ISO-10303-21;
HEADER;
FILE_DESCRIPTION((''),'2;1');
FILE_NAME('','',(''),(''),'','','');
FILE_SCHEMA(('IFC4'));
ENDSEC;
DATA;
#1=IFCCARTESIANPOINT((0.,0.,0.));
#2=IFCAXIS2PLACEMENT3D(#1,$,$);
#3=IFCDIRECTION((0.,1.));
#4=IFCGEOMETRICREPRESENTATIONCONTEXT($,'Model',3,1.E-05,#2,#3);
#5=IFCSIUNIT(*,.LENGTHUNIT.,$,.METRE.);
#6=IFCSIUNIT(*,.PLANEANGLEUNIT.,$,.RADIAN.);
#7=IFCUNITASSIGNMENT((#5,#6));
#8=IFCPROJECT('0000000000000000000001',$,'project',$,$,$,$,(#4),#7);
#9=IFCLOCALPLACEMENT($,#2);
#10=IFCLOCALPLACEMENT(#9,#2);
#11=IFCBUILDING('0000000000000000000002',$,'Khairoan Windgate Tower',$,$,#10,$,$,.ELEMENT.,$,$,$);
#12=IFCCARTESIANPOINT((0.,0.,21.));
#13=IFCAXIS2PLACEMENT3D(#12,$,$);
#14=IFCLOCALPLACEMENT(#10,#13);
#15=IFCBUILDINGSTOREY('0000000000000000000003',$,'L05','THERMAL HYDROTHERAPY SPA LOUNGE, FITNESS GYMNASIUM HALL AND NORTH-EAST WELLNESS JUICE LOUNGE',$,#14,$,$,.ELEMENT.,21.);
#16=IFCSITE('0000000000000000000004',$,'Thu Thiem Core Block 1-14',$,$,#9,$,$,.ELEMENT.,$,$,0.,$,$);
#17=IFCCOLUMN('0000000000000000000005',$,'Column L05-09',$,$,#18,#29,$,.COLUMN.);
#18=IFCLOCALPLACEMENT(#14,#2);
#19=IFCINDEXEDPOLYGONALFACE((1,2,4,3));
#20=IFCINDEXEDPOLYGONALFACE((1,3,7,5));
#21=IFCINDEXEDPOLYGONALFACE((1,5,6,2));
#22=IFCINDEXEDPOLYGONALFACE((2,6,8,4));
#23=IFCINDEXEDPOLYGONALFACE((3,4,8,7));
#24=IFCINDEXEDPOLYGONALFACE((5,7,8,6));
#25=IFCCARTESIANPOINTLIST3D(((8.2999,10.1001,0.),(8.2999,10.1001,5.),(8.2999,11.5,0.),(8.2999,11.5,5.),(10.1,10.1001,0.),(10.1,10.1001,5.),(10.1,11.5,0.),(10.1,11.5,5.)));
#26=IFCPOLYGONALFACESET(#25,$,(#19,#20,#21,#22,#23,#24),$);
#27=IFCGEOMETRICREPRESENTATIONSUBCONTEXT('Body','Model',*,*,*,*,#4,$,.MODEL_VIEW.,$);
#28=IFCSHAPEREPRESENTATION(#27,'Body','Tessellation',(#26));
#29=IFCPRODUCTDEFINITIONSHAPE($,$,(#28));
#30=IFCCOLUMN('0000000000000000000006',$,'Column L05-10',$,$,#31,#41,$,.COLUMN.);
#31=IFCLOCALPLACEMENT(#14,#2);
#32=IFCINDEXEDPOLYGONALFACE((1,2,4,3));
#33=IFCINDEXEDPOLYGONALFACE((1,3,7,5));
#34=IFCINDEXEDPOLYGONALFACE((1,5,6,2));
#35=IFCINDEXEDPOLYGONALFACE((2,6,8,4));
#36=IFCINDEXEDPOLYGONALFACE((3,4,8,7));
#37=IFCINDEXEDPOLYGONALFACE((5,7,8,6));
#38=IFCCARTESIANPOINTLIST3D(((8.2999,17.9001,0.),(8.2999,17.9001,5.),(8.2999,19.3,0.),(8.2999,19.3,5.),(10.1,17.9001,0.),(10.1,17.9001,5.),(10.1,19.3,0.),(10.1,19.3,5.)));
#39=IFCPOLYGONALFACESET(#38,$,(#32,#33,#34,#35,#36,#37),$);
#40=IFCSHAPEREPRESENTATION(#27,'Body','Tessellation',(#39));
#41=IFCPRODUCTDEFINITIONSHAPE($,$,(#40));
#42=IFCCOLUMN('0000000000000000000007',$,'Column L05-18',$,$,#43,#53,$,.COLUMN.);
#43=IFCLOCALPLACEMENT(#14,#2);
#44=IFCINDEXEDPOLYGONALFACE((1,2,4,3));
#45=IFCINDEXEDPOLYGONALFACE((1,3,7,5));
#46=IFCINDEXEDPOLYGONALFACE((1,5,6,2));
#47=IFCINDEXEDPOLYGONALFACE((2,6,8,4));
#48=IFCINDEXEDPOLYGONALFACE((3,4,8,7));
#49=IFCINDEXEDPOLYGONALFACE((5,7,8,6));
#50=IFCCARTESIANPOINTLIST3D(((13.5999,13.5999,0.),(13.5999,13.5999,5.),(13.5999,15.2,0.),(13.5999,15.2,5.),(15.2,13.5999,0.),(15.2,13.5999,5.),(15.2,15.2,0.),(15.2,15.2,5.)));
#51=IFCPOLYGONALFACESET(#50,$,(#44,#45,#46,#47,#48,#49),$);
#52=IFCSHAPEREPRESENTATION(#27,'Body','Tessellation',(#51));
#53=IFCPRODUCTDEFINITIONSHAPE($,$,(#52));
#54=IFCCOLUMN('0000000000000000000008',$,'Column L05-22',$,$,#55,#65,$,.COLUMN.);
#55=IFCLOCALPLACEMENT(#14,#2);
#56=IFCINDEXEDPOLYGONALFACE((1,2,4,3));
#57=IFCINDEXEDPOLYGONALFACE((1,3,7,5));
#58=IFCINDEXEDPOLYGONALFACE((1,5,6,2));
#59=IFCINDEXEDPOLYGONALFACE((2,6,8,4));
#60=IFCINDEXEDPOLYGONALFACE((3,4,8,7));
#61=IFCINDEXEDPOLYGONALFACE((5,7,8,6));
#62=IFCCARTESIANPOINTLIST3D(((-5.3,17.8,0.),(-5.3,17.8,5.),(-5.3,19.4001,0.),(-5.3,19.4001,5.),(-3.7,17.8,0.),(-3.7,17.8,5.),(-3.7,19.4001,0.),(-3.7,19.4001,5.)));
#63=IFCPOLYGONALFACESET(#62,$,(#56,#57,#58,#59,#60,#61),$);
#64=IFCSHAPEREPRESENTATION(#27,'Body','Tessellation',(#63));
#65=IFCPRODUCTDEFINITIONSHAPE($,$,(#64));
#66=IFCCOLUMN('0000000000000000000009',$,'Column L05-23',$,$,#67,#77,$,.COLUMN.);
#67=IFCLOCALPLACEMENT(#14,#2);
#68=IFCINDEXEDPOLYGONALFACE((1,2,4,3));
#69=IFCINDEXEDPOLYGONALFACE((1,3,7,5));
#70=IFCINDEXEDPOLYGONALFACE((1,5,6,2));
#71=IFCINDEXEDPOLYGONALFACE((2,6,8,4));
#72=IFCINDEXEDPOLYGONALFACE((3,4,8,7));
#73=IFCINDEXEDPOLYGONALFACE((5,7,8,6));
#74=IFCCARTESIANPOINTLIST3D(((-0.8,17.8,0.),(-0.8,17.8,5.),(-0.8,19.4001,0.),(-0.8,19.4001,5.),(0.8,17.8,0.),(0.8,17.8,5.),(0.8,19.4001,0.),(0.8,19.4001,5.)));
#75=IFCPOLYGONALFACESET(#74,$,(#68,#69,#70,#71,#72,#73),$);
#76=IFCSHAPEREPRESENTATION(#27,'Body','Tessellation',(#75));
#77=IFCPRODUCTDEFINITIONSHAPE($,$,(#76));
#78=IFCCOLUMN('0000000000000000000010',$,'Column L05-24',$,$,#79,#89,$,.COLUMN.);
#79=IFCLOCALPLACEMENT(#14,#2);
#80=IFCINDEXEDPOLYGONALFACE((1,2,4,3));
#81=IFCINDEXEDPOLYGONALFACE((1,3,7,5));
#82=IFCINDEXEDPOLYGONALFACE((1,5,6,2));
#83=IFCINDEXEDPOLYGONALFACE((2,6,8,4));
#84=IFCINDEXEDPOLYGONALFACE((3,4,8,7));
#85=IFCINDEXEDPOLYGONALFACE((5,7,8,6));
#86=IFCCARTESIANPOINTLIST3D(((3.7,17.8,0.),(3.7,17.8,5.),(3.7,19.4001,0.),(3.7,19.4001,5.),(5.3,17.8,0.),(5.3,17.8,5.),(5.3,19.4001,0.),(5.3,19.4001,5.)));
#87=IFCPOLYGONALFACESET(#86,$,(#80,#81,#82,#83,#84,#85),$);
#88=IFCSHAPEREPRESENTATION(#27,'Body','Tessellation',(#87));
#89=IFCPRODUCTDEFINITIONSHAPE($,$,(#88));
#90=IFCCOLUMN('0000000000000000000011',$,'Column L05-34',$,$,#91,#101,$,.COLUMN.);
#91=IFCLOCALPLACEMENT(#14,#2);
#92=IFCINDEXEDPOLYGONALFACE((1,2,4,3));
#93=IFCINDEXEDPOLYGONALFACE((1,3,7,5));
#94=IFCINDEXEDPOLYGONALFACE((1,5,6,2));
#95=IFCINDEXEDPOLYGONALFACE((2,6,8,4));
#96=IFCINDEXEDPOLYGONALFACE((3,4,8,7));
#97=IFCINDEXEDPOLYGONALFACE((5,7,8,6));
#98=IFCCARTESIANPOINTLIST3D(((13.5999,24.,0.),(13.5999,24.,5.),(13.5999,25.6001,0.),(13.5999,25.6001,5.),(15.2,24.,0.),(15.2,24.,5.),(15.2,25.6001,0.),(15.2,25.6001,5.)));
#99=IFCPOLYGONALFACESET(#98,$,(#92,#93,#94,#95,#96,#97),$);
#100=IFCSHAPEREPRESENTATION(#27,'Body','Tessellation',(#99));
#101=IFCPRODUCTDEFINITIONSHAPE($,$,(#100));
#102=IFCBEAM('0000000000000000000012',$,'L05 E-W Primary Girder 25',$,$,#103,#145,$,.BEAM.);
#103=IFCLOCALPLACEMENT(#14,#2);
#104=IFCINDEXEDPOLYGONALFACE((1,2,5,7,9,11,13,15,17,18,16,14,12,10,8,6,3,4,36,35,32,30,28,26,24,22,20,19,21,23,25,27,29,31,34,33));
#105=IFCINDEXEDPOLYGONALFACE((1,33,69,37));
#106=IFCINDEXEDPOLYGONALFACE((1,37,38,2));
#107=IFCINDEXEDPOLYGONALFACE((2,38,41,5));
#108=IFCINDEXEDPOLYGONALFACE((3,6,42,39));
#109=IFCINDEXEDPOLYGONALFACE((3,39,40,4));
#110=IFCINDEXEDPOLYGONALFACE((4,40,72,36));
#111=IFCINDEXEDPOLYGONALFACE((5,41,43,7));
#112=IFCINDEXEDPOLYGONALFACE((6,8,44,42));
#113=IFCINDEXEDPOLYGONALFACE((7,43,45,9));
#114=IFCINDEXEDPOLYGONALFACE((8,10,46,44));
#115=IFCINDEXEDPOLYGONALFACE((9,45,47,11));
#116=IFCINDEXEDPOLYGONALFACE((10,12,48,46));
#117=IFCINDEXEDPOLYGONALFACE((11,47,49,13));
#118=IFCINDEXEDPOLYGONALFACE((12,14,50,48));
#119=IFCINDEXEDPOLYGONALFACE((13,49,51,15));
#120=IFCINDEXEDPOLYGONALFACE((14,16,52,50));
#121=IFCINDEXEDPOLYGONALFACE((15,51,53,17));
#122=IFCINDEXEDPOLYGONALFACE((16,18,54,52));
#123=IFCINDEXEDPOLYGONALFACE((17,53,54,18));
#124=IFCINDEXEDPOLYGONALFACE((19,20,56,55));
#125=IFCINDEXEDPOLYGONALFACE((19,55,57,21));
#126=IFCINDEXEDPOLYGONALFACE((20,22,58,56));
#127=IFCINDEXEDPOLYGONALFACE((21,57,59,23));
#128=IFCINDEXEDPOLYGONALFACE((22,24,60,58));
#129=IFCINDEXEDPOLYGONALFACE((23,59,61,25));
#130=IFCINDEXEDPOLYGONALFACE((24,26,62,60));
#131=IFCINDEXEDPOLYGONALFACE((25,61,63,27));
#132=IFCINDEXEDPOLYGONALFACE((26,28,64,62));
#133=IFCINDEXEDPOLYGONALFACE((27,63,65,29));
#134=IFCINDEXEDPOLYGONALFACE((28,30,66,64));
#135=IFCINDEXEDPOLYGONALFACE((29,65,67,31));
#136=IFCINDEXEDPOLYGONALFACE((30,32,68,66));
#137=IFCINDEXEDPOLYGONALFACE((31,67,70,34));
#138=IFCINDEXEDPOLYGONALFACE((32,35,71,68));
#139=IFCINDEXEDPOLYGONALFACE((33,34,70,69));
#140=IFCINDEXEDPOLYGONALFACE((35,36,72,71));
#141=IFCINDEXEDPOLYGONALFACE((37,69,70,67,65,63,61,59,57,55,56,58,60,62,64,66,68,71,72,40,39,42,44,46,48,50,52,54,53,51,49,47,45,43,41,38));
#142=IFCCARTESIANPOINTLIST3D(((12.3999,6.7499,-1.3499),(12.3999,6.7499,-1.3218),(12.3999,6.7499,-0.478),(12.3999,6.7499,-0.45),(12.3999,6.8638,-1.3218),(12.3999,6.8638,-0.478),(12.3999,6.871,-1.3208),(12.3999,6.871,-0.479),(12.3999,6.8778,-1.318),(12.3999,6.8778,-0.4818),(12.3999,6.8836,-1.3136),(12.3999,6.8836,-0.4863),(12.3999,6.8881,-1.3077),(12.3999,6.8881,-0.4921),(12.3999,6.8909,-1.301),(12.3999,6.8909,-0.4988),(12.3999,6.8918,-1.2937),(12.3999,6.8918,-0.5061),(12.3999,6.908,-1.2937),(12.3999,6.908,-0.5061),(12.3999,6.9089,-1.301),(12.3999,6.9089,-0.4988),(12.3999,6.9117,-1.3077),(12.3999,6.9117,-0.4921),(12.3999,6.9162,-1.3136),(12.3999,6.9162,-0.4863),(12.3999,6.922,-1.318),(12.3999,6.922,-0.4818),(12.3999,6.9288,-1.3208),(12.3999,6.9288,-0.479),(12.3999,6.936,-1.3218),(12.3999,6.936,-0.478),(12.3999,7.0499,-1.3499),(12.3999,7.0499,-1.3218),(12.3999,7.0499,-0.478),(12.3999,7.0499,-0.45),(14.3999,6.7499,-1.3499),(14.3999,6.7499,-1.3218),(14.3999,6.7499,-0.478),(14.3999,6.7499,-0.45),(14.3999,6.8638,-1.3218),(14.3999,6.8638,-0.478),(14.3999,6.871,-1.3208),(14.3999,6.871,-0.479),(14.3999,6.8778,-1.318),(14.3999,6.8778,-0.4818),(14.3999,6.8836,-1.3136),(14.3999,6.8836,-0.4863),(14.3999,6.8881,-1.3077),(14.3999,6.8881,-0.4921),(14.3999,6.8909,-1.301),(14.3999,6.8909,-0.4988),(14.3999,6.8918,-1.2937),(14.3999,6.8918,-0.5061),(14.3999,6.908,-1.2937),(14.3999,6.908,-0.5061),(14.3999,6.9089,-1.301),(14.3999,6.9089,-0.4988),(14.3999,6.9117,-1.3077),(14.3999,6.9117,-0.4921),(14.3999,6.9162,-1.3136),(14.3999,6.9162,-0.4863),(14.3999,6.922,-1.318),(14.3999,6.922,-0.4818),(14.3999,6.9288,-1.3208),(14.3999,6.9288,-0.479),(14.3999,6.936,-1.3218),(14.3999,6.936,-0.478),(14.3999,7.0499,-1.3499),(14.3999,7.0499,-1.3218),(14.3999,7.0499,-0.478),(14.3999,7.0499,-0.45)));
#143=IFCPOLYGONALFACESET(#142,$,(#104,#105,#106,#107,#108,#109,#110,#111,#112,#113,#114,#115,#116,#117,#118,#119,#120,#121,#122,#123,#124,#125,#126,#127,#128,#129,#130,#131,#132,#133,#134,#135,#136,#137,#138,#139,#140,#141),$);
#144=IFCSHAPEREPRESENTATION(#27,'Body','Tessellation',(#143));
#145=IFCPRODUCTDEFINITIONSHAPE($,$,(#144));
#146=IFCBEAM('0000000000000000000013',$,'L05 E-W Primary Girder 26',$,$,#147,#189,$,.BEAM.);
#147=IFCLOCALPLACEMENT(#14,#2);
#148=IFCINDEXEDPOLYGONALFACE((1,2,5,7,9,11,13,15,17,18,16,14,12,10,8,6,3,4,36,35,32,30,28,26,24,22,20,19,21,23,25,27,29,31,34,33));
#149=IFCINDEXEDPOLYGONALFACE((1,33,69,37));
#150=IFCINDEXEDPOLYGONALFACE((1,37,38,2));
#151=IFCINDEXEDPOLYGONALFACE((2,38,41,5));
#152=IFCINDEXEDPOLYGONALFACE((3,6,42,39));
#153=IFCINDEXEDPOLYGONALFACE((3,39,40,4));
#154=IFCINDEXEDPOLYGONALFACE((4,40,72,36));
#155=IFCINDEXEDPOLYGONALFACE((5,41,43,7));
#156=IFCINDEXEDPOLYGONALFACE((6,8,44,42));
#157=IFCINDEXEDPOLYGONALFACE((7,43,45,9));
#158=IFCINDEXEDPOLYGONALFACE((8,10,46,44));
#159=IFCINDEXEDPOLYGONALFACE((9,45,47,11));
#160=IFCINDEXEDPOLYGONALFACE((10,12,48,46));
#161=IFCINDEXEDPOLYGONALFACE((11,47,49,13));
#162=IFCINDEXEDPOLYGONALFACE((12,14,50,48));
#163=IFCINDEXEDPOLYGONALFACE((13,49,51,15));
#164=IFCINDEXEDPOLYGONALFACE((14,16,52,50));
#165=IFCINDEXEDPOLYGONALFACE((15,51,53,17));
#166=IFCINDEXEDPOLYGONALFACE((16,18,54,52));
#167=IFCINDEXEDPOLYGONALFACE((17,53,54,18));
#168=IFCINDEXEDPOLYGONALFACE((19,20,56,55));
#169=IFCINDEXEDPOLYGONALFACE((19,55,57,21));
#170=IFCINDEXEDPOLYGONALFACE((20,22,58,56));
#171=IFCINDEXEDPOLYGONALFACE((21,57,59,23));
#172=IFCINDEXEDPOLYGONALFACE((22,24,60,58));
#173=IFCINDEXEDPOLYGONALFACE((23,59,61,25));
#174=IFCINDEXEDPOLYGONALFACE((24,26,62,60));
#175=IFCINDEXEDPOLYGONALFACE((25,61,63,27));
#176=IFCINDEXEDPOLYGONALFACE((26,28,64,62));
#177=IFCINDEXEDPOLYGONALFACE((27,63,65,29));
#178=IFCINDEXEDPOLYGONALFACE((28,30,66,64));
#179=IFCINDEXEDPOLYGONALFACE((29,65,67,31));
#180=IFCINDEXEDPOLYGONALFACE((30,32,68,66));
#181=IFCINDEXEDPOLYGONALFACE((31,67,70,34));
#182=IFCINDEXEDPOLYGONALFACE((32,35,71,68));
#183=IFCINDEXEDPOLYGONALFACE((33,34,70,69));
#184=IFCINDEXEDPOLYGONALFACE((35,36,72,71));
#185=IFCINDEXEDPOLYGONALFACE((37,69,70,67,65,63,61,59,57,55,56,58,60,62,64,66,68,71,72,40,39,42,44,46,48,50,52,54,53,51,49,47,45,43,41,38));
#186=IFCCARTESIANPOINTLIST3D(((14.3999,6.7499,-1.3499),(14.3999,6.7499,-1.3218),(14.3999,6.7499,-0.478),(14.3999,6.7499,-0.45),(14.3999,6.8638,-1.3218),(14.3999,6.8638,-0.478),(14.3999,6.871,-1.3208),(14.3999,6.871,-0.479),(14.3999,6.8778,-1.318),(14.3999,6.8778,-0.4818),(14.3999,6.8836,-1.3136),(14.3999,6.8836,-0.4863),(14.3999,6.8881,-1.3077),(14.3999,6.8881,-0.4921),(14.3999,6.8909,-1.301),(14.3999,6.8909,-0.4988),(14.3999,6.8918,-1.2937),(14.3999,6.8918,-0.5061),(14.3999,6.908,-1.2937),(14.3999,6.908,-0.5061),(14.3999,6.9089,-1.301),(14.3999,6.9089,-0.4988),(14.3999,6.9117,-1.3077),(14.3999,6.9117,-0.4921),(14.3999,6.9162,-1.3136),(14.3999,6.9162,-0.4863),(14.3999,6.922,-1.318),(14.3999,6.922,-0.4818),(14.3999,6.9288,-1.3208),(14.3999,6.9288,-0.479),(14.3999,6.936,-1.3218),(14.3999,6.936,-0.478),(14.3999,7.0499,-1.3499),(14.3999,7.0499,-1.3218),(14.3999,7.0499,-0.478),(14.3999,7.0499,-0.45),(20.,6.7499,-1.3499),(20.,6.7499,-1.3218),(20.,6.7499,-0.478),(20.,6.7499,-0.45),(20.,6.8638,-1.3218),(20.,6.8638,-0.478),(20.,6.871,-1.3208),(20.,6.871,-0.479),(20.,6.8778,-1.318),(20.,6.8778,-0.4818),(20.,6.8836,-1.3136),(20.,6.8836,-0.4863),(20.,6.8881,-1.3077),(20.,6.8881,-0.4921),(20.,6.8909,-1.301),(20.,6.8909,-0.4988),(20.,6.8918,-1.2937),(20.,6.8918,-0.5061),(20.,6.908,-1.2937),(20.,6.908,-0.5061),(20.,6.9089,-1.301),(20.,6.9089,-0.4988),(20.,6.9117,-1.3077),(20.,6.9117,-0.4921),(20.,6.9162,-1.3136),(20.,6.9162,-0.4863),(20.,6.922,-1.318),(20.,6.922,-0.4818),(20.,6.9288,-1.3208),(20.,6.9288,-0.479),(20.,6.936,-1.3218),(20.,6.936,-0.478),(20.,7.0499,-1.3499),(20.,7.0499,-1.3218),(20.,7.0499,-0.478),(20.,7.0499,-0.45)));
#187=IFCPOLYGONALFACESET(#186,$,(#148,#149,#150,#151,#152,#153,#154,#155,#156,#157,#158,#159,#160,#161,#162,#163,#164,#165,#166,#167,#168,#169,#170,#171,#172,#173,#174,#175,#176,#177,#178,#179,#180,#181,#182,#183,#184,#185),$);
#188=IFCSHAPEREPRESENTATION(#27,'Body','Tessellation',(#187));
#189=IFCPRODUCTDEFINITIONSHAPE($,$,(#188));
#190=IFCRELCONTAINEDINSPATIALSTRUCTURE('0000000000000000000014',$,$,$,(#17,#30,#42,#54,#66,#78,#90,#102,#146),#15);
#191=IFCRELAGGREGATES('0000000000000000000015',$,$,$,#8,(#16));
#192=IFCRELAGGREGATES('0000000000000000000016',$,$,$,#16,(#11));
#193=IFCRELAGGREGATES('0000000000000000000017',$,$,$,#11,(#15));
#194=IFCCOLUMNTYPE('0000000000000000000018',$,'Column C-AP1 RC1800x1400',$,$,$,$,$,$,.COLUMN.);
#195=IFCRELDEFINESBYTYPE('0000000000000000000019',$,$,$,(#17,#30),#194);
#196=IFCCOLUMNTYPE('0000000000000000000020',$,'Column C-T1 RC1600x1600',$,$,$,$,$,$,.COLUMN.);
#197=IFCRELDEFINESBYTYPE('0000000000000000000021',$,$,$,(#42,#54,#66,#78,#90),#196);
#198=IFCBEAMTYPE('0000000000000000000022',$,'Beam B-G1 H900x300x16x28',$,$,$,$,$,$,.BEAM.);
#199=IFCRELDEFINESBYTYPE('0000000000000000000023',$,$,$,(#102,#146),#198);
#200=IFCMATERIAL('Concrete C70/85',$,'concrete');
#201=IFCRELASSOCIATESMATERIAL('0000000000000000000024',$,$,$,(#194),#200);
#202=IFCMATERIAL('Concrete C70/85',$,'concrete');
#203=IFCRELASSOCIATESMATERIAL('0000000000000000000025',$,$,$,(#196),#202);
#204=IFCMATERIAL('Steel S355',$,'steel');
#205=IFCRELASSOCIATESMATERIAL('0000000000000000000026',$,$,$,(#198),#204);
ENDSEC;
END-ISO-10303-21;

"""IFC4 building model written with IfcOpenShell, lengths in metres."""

from ifc_helpers import new_model, si_unit, direction, frame, origin, origin_2d, place, context, subcontext, project, spatial, rectangle, i_section, extrude, material, material_profile, profile_set, type_object, element, save


model = new_model("IFC4")

# Units and contexts
model_context = context("Model", 3, precision=1e-05, world=origin(), true_north=direction((0.0, 1.0)))
body_context = subcontext(model_context, "Body", "Model", "MODEL_VIEW")
ifc_project = project(units=[si_unit("LENGTHUNIT", "METRE"), si_unit("PLANEANGLEUNIT", "RADIAN")], contexts=[model_context])

# Site, building, storey
site_placement = place(None, origin())
site = spatial("IfcSite", under=ifc_project, at=site_placement, Name="Thu Thiem Core Block 1-14", CompositionType="ELEMENT", RefElevation=0.0)
building_placement = place(site_placement, origin())
building = spatial("IfcBuilding", under=site, at=building_placement, Name="Khairoan Windgate Tower", CompositionType="ELEMENT")
storey_placement = place(building_placement, frame((0.0, 0.0, 21.0)))
storey = spatial("IfcBuildingStorey", under=building, at=storey_placement, Name="L05", Description="THERMAL HYDROTHERAPY SPA LOUNGE, FITNESS GYMNASIUM HALL AND NORTH-EAST WELLNESS JUICE LOUNGE", CompositionType="ELEMENT", Elevation=21.0)

# Columns
ifc_material_1 = material(Name="Concrete C70/85", Category="concrete")
ifc_material_profile_1 = material_profile(ifc_material_1, rectangle(XDim=1.8, YDim=1.3999, at=origin_2d()))
ifc_profile_set_1 = profile_set([ifc_material_profile_1], Name="Concrete C70/85")
column_type_1 = type_object("IfcColumnType", Name="Column C-AP1 RC1800x1400", PredefinedType="COLUMN", material=ifc_profile_set_1)
for number, where, z_axis, x_axis, name in (
    (1, (9.2, 10.8, 0.0), (0.0, 0.0, 1.0), (1.0, 0.0, 0.0), "Column L05-09"),
    (2, (9.2, 18.6001, 0.0), (0.0, 0.0, 1.0), (1.0, 0.0, 0.0), "Column L05-10"),
):
    element("IfcColumn", number, at=place(storey_placement, frame(where, z_axis=z_axis, x_axis=x_axis)), inside=storey, type_object=column_type_1, Name=name, PredefinedType="COLUMN", context=body_context, shape_type="SweptSolid", body=[
        extrude(rectangle(XDim=1.8, YDim=1.3999, at=origin_2d()), origin(), (0.0, 0.0, 1.0), 5.0),
    ])
ifc_material_2 = material(Name="Concrete C70/85", Category="concrete")
ifc_material_profile_2 = material_profile(ifc_material_2, rectangle(XDim=1.6001, YDim=1.6001, at=origin_2d()))
ifc_profile_set_2 = profile_set([ifc_material_profile_2], Name="Concrete C70/85")
column_type_2 = type_object("IfcColumnType", Name="Column C-T1 RC1600x1600", PredefinedType="COLUMN", material=ifc_profile_set_2)
for number, where, z_axis, x_axis, name in (
    (3, (14.3999, 14.3999, 0.0), (0.0, 0.0, 1.0), (1.0, 0.0, 0.0), "Column L05-18"),
    (4, (-4.5, 18.6001, 0.0), (0.0, 0.0, 1.0), (1.0, 0.0, 0.0), "Column L05-22"),
    (5, (0.0, 18.6001, 0.0), (0.0, 0.0, 1.0), (1.0, 0.0, 0.0), "Column L05-23"),
    (6, (4.5, 18.6001, 0.0), (0.0, 0.0, 1.0), (1.0, 0.0, 0.0), "Column L05-24"),
    (7, (14.3999, 24.8, 0.0), (0.0, 0.0, 1.0), (1.0, 0.0, 0.0), "Column L05-34"),
):
    element("IfcColumn", number, at=place(storey_placement, frame(where, z_axis=z_axis, x_axis=x_axis)), inside=storey, type_object=column_type_2, Name=name, PredefinedType="COLUMN", context=body_context, shape_type="SweptSolid", body=[
        extrude(rectangle(XDim=1.6001, YDim=1.6001, at=origin_2d()), origin(), (0.0, 0.0, 1.0), 5.0),
    ])

# Beams
ifc_material_3 = material(Name="Steel S355", Category="steel")
ifc_material_profile_3 = material_profile(ifc_material_3, i_section(OverallWidth=0.3, OverallDepth=0.8999, WebThickness=0.0161, FlangeThickness=0.0281, FilletRadius=0.0281, at=origin_2d()))
ifc_profile_set_3 = profile_set([ifc_material_profile_3], Name="Steel S355")
beam_type_1 = type_object("IfcBeamType", Name="Beam B-G1 H900x300x16x28", PredefinedType="BEAM", material=ifc_profile_set_3)
beam_1_placement = place(storey_placement, frame((12.3999, 6.8999, -0.8999), z_axis=(1.0, 0.0, 0.0), x_axis=(0.0, 1.0, 0.0)))
element("IfcBeam", 8, at=beam_1_placement, inside=storey, type_object=beam_type_1, Name="L05 E-W Primary Girder 25", PredefinedType="BEAM", context=body_context, shape_type="SweptSolid", body=[
    extrude(i_section(OverallWidth=0.3, OverallDepth=0.8999, WebThickness=0.0161, FlangeThickness=0.0281, FilletRadius=0.0281, at=origin_2d()), origin(), (0.0, 0.0, 1.0), 2.0),
])
beam_2_placement = place(storey_placement, frame((14.3999, 6.8999, -0.8999), z_axis=(1.0, 0.0, 0.0), x_axis=(0.0, 1.0, 0.0)))
element("IfcBeam", 9, at=beam_2_placement, inside=storey, type_object=beam_type_1, Name="L05 E-W Primary Girder 26", PredefinedType="BEAM", context=body_context, shape_type="SweptSolid", body=[
    extrude(i_section(OverallWidth=0.3, OverallDepth=0.8999, WebThickness=0.0161, FlangeThickness=0.0281, FilletRadius=0.0281, at=origin_2d()), origin(), (0.0, 0.0, 1.0), 5.6001),
])

save(model, "model.ifc")
